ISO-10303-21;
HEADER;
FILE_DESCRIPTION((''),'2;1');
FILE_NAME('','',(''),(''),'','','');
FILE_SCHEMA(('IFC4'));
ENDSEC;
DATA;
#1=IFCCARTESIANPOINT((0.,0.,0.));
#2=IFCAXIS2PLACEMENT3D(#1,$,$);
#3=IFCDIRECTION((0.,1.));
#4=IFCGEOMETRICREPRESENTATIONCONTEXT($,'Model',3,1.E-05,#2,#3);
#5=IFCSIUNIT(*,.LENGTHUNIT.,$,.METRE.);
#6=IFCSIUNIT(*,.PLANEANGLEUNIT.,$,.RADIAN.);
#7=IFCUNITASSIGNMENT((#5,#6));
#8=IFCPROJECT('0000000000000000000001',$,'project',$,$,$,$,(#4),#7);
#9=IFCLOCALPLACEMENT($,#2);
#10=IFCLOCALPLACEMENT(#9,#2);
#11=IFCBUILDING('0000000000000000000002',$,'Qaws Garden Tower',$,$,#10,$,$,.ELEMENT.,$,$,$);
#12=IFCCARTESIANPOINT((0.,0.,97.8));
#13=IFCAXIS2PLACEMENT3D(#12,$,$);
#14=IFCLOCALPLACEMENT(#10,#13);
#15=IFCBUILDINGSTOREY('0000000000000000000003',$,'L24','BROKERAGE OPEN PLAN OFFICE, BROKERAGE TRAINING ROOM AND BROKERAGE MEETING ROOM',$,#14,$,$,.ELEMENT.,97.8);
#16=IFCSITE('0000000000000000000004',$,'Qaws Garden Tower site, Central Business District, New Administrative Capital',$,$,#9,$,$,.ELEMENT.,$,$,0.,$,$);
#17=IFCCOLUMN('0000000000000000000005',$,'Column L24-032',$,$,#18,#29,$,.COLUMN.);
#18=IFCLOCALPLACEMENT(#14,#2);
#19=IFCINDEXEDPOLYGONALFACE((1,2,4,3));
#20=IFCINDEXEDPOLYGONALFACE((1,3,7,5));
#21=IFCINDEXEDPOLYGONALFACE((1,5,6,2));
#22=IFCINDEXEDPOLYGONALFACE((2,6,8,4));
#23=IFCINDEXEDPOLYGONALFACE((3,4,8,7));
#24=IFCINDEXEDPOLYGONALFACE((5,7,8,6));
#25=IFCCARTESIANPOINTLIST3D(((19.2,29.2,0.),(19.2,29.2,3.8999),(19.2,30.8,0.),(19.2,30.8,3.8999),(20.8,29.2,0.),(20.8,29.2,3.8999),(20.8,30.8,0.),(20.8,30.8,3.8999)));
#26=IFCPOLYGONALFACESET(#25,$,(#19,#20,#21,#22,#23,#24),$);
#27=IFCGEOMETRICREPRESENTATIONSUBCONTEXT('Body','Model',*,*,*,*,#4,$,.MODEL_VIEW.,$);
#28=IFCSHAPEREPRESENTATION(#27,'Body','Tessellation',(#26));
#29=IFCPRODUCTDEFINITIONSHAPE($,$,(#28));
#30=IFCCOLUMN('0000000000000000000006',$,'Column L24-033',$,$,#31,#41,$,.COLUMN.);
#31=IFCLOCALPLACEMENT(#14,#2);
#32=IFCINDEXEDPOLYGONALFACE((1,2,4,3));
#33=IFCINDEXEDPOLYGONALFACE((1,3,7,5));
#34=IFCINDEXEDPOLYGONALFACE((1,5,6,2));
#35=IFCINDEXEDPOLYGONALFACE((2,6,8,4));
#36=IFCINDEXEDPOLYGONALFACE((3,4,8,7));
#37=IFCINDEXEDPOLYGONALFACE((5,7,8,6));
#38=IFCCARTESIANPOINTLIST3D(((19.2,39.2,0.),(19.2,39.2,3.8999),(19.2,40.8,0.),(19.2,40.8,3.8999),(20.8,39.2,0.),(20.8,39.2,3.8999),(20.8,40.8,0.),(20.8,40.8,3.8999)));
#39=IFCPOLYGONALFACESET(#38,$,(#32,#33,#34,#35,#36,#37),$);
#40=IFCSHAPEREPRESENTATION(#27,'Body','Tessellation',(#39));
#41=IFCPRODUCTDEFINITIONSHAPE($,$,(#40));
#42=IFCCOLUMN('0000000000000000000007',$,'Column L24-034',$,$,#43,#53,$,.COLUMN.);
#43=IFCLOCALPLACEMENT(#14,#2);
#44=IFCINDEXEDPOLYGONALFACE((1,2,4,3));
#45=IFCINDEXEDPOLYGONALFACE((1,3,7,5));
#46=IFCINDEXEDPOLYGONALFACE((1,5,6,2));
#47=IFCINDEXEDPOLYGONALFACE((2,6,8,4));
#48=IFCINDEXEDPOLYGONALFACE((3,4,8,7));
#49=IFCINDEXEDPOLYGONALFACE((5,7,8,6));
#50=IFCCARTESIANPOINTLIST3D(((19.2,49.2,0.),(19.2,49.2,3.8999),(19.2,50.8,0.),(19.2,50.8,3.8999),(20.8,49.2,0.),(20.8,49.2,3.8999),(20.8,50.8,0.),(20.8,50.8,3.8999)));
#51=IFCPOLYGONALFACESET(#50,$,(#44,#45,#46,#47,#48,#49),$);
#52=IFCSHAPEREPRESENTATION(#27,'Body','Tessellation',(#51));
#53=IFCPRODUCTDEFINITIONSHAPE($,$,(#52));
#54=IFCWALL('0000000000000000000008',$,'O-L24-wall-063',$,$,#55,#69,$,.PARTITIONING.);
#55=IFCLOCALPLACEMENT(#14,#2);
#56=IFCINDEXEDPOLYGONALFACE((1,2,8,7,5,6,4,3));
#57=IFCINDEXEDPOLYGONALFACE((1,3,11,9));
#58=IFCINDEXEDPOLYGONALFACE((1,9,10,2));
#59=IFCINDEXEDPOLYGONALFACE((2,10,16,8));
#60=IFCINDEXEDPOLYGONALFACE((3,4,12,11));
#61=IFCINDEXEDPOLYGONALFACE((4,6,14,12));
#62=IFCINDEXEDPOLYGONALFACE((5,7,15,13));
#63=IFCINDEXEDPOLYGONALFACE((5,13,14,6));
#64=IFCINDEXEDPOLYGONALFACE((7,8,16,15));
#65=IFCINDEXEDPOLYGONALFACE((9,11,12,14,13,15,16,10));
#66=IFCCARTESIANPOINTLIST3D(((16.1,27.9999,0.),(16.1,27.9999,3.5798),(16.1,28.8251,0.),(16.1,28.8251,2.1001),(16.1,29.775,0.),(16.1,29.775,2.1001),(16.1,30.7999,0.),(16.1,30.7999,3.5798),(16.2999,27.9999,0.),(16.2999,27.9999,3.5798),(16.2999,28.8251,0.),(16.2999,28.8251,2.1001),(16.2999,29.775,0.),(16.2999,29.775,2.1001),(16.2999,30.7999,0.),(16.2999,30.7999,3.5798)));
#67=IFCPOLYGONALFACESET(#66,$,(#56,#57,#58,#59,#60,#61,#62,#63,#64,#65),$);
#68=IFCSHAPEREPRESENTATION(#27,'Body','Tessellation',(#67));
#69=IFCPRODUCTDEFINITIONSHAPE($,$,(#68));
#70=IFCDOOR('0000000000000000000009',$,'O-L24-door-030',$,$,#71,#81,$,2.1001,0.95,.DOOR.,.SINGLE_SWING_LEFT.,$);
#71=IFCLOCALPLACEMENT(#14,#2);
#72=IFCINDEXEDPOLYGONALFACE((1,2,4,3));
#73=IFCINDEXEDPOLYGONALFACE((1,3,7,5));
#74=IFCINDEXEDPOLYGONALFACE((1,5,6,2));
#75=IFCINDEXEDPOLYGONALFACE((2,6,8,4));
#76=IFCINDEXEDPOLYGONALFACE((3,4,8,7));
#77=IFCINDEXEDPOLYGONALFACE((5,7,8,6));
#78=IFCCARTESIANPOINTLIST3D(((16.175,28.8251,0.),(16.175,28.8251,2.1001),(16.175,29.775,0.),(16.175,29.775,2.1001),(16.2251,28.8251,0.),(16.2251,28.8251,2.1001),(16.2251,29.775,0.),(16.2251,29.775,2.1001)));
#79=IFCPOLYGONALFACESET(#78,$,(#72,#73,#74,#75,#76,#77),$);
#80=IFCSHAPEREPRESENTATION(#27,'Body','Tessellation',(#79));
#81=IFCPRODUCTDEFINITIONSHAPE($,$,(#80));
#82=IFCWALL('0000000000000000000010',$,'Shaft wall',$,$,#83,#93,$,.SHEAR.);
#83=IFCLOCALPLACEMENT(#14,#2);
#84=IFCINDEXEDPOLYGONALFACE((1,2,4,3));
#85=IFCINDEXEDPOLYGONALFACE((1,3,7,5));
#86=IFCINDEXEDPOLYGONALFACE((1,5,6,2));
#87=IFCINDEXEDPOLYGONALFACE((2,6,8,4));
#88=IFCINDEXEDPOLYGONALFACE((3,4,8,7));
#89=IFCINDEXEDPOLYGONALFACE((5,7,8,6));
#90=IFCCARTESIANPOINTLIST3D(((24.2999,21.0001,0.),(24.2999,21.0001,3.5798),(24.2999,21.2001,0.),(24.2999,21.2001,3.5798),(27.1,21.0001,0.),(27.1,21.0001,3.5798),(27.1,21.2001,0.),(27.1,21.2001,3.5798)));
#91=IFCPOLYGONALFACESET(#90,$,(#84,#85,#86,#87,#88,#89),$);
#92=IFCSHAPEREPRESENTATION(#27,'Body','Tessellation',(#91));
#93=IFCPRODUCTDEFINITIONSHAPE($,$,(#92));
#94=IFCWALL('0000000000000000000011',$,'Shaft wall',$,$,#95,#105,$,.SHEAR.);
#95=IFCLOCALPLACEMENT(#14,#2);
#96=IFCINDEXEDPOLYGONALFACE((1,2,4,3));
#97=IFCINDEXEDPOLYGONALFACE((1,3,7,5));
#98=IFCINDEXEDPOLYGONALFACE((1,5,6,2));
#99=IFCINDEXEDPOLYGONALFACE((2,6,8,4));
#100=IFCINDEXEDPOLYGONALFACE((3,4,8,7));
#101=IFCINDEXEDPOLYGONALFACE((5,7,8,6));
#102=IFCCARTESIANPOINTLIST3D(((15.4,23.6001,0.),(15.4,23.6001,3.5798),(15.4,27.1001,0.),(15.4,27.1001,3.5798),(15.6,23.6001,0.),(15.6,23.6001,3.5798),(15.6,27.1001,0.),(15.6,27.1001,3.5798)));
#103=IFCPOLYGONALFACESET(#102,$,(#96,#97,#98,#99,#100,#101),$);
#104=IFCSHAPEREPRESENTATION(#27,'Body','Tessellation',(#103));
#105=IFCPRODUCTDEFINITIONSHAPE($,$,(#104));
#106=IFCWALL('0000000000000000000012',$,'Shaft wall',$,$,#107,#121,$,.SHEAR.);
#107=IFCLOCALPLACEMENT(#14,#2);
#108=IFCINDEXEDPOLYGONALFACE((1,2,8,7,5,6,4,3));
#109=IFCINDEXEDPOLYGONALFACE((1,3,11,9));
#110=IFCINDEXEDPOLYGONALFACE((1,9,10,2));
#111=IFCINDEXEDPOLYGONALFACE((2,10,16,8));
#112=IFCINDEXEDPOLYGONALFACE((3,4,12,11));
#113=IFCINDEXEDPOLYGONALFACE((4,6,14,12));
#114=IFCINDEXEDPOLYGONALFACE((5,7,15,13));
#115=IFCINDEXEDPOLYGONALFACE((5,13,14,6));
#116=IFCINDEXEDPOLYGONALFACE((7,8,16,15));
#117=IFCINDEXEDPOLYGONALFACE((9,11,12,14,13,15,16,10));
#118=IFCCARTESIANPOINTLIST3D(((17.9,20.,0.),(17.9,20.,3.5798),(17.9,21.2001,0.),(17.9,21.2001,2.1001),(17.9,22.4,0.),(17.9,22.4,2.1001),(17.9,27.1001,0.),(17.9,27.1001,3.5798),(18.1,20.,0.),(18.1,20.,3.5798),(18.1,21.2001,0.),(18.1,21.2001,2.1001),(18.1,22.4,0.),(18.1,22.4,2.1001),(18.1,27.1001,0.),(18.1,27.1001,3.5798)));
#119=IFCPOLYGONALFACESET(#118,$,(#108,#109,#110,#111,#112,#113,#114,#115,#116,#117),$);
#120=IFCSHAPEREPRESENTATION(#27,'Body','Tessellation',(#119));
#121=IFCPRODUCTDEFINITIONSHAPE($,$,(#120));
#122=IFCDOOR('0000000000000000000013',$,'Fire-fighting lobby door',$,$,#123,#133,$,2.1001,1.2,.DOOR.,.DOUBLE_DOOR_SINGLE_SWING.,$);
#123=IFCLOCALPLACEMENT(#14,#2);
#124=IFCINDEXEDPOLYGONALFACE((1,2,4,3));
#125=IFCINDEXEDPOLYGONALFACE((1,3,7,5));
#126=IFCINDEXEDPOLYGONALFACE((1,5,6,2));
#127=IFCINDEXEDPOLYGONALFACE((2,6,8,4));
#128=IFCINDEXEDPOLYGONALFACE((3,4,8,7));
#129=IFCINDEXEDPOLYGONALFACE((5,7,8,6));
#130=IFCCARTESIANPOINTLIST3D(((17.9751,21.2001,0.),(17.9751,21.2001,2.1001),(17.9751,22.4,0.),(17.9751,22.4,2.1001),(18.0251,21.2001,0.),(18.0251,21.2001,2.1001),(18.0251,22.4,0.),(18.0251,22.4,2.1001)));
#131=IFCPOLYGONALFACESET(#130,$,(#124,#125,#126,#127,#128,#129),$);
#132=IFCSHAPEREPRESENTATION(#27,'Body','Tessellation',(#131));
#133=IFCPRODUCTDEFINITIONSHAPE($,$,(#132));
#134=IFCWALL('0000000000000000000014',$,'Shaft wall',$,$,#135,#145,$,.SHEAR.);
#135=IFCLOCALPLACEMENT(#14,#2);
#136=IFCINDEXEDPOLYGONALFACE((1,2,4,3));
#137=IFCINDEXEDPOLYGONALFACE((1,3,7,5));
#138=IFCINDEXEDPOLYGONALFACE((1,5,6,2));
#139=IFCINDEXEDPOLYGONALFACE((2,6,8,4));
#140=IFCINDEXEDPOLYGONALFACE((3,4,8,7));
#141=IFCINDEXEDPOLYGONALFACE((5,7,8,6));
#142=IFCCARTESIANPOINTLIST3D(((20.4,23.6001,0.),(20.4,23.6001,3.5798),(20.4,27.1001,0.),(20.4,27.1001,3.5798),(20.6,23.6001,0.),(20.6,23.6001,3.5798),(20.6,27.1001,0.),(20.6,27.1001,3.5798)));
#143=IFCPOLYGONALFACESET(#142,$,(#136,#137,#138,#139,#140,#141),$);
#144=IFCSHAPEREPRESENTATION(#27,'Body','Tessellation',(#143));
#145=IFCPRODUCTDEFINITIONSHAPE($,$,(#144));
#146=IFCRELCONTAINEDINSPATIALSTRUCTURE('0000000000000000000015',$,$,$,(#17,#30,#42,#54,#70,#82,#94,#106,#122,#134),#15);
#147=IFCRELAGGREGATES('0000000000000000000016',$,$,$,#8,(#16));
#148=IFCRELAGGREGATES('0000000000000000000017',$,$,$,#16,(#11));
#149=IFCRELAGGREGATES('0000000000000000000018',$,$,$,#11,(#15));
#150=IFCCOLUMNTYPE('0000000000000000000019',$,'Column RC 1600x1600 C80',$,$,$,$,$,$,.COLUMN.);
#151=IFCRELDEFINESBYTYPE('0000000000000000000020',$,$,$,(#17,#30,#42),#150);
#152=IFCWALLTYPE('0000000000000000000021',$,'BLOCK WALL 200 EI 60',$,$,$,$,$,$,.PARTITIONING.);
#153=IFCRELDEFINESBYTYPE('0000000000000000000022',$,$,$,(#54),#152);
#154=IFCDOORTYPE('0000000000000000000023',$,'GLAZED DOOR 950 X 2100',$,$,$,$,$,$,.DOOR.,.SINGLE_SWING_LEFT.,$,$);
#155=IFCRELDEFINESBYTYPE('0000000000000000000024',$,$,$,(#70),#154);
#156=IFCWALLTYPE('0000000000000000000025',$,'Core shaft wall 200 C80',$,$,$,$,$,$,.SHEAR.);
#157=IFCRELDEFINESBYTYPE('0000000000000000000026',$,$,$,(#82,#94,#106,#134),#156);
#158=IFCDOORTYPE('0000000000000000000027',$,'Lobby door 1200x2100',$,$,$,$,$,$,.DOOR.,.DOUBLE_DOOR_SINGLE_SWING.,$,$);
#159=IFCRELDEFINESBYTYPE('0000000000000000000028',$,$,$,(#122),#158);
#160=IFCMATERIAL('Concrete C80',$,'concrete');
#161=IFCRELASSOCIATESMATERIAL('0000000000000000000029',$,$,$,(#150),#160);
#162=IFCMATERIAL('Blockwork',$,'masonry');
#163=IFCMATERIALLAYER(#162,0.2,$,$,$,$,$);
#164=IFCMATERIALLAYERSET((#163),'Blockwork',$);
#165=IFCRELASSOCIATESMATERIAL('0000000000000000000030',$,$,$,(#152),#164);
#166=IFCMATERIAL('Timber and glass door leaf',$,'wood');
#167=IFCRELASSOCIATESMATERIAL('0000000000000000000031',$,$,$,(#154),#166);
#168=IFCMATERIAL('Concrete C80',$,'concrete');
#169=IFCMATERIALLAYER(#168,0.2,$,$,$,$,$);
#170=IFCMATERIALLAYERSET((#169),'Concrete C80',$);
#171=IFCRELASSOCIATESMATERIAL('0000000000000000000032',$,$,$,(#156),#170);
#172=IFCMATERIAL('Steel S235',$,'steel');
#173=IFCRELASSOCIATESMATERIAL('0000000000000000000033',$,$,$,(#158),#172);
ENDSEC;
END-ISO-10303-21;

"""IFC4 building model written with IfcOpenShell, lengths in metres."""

from ifc_helpers import new_model, si_unit, direction, frame, frame_2d, origin, origin_2d, place, context, subcontext, project, spatial, rectangle, extrude, material, layer, layer_set, material_profile, profile_set, type_object, element, fill, save


model = new_model("IFC4")

# Units and contexts
model_context = context("Model", 3, precision=1e-05, world=origin(), true_north=direction((0.0, 1.0)))
body_context = subcontext(model_context, "Body", "Model", "MODEL_VIEW")
ifc_project = project(units=[si_unit("LENGTHUNIT", "METRE"), si_unit("PLANEANGLEUNIT", "RADIAN")], contexts=[model_context])

# Site, building, storey
site_placement = place(None, origin())
site = spatial("IfcSite", under=ifc_project, at=site_placement, Name="Qaws Garden Tower site, Central Business District, New Administrative Capital", CompositionType="ELEMENT", RefElevation=0.0)
building_placement = place(site_placement, origin())
building = spatial("IfcBuilding", under=site, at=building_placement, Name="Qaws Garden Tower", CompositionType="ELEMENT")
storey_placement = place(building_placement, frame((0.0, 0.0, 97.8)))
storey = spatial("IfcBuildingStorey", under=building, at=storey_placement, Name="L24", Description="BROKERAGE OPEN PLAN OFFICE, BROKERAGE TRAINING ROOM AND BROKERAGE MEETING ROOM", CompositionType="ELEMENT", Elevation=97.8)

# Columns
ifc_material_1 = material(Name="Concrete C80", Category="concrete")
ifc_material_profile = material_profile(ifc_material_1, rectangle(XDim=1.6001, YDim=1.6001, at=origin_2d()), Name="RC 1600x1600")
ifc_profile_set = profile_set([ifc_material_profile], Name="Concrete C80")
column_type = type_object("IfcColumnType", Name="Column RC 1600x1600 C80", PredefinedType="COLUMN", material=ifc_profile_set)
for number, where, z_axis, x_axis, name in (
    (1, (20.0, 30.0, 0.0), (0.0, 0.0, 1.0), (1.0, 0.0, 0.0), "Column L24-032"),
    (2, (20.0, 40.0, 0.0), (0.0, 0.0, 1.0), (1.0, 0.0, 0.0), "Column L24-033"),
    (3, (20.0, 50.0, 0.0), (0.0, 0.0, 1.0), (1.0, 0.0, 0.0), "Column L24-034"),
):
    element("IfcColumn", number, at=place(storey_placement, frame(where, z_axis=z_axis, x_axis=x_axis)), inside=storey, type_object=column_type, Name=name, PredefinedType="COLUMN", context=body_context, shape_type="SweptSolid", body=[
        extrude(rectangle(XDim=1.6001, YDim=1.6001, at=origin_2d()), origin(), (0.0, 0.0, 1.0), 3.8999),
    ])

# Wall, opening, door
ifc_material_2 = material(Name="Blockwork", Category="masonry")
ifc_layer_1 = layer(ifc_material_2, 0.2)
ifc_layer_set_1 = layer_set([ifc_layer_1], Name="Blockwork")
wall_type_1 = type_object("IfcWallType", Name="BLOCK WALL 200 EI 60", PredefinedType="PARTITIONING", material=ifc_layer_set_1)
wall_1_placement = place(storey_placement, frame((16.2, 28.0, 0.0), z_axis=(0.0, 0.0, 1.0), x_axis=(0.0, 1.0, 0.0)))
wall_1 = element("IfcWall", 4, at=wall_1_placement, inside=storey, type_object=wall_type_1, Name="O-L24-wall-063", PredefinedType="PARTITIONING", context=body_context, shape_type="SweptSolid", body=[
    extrude(rectangle(XDim=2.8, YDim=0.2, at=frame_2d((1.3999, 0.0))), origin(), (0.0, 0.0, 1.0), 3.5798),
])
opening_1_placement = place(wall_1_placement, frame((0.825, 0.0, 0.0)))
opening_1 = element("IfcOpeningElement", 5, at=opening_1_placement, cuts=wall_1, PredefinedType="OPENING", context=body_context, shape_type="SweptSolid", body=[
    extrude(rectangle(XDim=0.95, YDim=2.1001, at=frame_2d((0.4751, 1.05))), frame((0.0, 0.1099, 0.0), z_axis=(0.0, -1.0, 0.0), x_axis=(1.0, 0.0, 0.0)), (0.0, 0.0, 1.0), 0.22),
])
ifc_material_3 = material(Name="Timber and glass door leaf", Category="wood")
door_type_1 = type_object("IfcDoorType", Name="GLAZED DOOR 950 X 2100", OperationType="SINGLE_SWING_LEFT", PredefinedType="DOOR", material=ifc_material_3)
door_1_placement = place(opening_1_placement, origin())
door_1 = element("IfcDoor", 6, at=door_1_placement, inside=storey, type_object=door_type_1, Name="O-L24-door-030", OperationType="SINGLE_SWING_LEFT", OverallHeight=2.1001, OverallWidth=0.95, PredefinedType="DOOR", context=body_context, shape_type="SweptSolid", body=[
    extrude(rectangle(XDim=0.95, YDim=2.1001, at=frame_2d((0.4751, 1.05))), frame((0.0, 0.0249, 0.0), z_axis=(0.0, -1.0, 0.0), x_axis=(1.0, 0.0, 0.0)), (0.0, 0.0, 1.0), 0.05),
])
fill(opening_1, door_1)

# Walls
ifc_material_4 = material(Name="Concrete C80", Category="concrete")
ifc_layer_2 = layer(ifc_material_4, 0.2)
ifc_layer_set_2 = layer_set([ifc_layer_2], Name="Concrete C80")
wall_type_2 = type_object("IfcWallType", Name="Core shaft wall 200 C80", PredefinedType="SHEAR", material=ifc_layer_set_2)
wall_2_placement = place(storey_placement, frame((24.3, 21.1001, 0.0), z_axis=(0.0, 0.0, 1.0), x_axis=(1.0, 0.0, 0.0)))
element("IfcWall", 7, at=wall_2_placement, inside=storey, type_object=wall_type_2, Name="Shaft wall", PredefinedType="SHEAR", context=body_context, shape_type="SweptSolid", body=[
    extrude(rectangle(XDim=2.8, YDim=0.2, at=frame_2d((1.3999, 0.0))), origin(), (0.0, 0.0, 1.0), 3.5798),
])
wall_3_placement = place(storey_placement, frame((15.5, 23.6001, 0.0), z_axis=(0.0, 0.0, 1.0), x_axis=(0.0, 1.0, 0.0)))
element("IfcWall", 8, at=wall_3_placement, inside=storey, type_object=wall_type_2, Name="Shaft wall", PredefinedType="SHEAR", context=body_context, shape_type="SweptSolid", body=[
    extrude(rectangle(XDim=3.5, YDim=0.2, at=frame_2d((1.75, 0.0))), origin(), (0.0, 0.0, 1.0), 3.5798),
])

# Wall, opening, door
wall_4_placement = place(storey_placement, frame((18.0, 20.0, 0.0), z_axis=(0.0, 0.0, 1.0), x_axis=(0.0, 1.0, 0.0)))
wall_4 = element("IfcWall", 9, at=wall_4_placement, inside=storey, type_object=wall_type_2, Name="Shaft wall", PredefinedType="SHEAR", context=body_context, shape_type="SweptSolid", body=[
    extrude(rectangle(XDim=7.1001, YDim=0.2, at=frame_2d((3.55, 0.0))), origin(), (0.0, 0.0, 1.0), 3.5798),
])
opening_2_placement = place(wall_4_placement, frame((1.2, 0.0, 0.0)))
opening_2 = element("IfcOpeningElement", 10, at=opening_2_placement, cuts=wall_4, PredefinedType="OPENING", context=body_context, shape_type="SweptSolid", body=[
    extrude(rectangle(XDim=1.2, YDim=2.1001, at=frame_2d((0.6001, 1.05))), frame((0.0, 0.1099, 0.0), z_axis=(0.0, -1.0, 0.0), x_axis=(1.0, 0.0, 0.0)), (0.0, 0.0, 1.0), 0.22),
])
ifc_material_5 = material(Name="Steel S235", Category="steel")
door_type_2 = type_object("IfcDoorType", Name="Lobby door 1200x2100", OperationType="DOUBLE_DOOR_SINGLE_SWING", PredefinedType="DOOR", material=ifc_material_5)
door_2_placement = place(opening_2_placement, origin())
door_2 = element("IfcDoor", 11, at=door_2_placement, inside=storey, type_object=door_type_2, Name="Fire-fighting lobby door", OperationType="DOUBLE_DOOR_SINGLE_SWING", OverallHeight=2.1001, OverallWidth=1.2, PredefinedType="DOOR", context=body_context, shape_type="SweptSolid", body=[
    extrude(rectangle(XDim=1.2, YDim=2.1001, at=frame_2d((0.6001, 1.05))), frame((0.0, 0.0249, 0.0), z_axis=(0.0, -1.0, 0.0), x_axis=(1.0, 0.0, 0.0)), (0.0, 0.0, 1.0), 0.05),
])
fill(opening_2, door_2)

# Wall
wall_5_placement = place(storey_placement, frame((20.5, 23.6001, 0.0), z_axis=(0.0, 0.0, 1.0), x_axis=(0.0, 1.0, 0.0)))
element("IfcWall", 12, at=wall_5_placement, inside=storey, type_object=wall_type_2, Name="Shaft wall", PredefinedType="SHEAR", context=body_context, shape_type="SweptSolid", body=[
    extrude(rectangle(XDim=3.5, YDim=0.2, at=frame_2d((1.75, 0.0))), origin(), (0.0, 0.0, 1.0), 3.5798),
])

save(model, "model.ifc")
